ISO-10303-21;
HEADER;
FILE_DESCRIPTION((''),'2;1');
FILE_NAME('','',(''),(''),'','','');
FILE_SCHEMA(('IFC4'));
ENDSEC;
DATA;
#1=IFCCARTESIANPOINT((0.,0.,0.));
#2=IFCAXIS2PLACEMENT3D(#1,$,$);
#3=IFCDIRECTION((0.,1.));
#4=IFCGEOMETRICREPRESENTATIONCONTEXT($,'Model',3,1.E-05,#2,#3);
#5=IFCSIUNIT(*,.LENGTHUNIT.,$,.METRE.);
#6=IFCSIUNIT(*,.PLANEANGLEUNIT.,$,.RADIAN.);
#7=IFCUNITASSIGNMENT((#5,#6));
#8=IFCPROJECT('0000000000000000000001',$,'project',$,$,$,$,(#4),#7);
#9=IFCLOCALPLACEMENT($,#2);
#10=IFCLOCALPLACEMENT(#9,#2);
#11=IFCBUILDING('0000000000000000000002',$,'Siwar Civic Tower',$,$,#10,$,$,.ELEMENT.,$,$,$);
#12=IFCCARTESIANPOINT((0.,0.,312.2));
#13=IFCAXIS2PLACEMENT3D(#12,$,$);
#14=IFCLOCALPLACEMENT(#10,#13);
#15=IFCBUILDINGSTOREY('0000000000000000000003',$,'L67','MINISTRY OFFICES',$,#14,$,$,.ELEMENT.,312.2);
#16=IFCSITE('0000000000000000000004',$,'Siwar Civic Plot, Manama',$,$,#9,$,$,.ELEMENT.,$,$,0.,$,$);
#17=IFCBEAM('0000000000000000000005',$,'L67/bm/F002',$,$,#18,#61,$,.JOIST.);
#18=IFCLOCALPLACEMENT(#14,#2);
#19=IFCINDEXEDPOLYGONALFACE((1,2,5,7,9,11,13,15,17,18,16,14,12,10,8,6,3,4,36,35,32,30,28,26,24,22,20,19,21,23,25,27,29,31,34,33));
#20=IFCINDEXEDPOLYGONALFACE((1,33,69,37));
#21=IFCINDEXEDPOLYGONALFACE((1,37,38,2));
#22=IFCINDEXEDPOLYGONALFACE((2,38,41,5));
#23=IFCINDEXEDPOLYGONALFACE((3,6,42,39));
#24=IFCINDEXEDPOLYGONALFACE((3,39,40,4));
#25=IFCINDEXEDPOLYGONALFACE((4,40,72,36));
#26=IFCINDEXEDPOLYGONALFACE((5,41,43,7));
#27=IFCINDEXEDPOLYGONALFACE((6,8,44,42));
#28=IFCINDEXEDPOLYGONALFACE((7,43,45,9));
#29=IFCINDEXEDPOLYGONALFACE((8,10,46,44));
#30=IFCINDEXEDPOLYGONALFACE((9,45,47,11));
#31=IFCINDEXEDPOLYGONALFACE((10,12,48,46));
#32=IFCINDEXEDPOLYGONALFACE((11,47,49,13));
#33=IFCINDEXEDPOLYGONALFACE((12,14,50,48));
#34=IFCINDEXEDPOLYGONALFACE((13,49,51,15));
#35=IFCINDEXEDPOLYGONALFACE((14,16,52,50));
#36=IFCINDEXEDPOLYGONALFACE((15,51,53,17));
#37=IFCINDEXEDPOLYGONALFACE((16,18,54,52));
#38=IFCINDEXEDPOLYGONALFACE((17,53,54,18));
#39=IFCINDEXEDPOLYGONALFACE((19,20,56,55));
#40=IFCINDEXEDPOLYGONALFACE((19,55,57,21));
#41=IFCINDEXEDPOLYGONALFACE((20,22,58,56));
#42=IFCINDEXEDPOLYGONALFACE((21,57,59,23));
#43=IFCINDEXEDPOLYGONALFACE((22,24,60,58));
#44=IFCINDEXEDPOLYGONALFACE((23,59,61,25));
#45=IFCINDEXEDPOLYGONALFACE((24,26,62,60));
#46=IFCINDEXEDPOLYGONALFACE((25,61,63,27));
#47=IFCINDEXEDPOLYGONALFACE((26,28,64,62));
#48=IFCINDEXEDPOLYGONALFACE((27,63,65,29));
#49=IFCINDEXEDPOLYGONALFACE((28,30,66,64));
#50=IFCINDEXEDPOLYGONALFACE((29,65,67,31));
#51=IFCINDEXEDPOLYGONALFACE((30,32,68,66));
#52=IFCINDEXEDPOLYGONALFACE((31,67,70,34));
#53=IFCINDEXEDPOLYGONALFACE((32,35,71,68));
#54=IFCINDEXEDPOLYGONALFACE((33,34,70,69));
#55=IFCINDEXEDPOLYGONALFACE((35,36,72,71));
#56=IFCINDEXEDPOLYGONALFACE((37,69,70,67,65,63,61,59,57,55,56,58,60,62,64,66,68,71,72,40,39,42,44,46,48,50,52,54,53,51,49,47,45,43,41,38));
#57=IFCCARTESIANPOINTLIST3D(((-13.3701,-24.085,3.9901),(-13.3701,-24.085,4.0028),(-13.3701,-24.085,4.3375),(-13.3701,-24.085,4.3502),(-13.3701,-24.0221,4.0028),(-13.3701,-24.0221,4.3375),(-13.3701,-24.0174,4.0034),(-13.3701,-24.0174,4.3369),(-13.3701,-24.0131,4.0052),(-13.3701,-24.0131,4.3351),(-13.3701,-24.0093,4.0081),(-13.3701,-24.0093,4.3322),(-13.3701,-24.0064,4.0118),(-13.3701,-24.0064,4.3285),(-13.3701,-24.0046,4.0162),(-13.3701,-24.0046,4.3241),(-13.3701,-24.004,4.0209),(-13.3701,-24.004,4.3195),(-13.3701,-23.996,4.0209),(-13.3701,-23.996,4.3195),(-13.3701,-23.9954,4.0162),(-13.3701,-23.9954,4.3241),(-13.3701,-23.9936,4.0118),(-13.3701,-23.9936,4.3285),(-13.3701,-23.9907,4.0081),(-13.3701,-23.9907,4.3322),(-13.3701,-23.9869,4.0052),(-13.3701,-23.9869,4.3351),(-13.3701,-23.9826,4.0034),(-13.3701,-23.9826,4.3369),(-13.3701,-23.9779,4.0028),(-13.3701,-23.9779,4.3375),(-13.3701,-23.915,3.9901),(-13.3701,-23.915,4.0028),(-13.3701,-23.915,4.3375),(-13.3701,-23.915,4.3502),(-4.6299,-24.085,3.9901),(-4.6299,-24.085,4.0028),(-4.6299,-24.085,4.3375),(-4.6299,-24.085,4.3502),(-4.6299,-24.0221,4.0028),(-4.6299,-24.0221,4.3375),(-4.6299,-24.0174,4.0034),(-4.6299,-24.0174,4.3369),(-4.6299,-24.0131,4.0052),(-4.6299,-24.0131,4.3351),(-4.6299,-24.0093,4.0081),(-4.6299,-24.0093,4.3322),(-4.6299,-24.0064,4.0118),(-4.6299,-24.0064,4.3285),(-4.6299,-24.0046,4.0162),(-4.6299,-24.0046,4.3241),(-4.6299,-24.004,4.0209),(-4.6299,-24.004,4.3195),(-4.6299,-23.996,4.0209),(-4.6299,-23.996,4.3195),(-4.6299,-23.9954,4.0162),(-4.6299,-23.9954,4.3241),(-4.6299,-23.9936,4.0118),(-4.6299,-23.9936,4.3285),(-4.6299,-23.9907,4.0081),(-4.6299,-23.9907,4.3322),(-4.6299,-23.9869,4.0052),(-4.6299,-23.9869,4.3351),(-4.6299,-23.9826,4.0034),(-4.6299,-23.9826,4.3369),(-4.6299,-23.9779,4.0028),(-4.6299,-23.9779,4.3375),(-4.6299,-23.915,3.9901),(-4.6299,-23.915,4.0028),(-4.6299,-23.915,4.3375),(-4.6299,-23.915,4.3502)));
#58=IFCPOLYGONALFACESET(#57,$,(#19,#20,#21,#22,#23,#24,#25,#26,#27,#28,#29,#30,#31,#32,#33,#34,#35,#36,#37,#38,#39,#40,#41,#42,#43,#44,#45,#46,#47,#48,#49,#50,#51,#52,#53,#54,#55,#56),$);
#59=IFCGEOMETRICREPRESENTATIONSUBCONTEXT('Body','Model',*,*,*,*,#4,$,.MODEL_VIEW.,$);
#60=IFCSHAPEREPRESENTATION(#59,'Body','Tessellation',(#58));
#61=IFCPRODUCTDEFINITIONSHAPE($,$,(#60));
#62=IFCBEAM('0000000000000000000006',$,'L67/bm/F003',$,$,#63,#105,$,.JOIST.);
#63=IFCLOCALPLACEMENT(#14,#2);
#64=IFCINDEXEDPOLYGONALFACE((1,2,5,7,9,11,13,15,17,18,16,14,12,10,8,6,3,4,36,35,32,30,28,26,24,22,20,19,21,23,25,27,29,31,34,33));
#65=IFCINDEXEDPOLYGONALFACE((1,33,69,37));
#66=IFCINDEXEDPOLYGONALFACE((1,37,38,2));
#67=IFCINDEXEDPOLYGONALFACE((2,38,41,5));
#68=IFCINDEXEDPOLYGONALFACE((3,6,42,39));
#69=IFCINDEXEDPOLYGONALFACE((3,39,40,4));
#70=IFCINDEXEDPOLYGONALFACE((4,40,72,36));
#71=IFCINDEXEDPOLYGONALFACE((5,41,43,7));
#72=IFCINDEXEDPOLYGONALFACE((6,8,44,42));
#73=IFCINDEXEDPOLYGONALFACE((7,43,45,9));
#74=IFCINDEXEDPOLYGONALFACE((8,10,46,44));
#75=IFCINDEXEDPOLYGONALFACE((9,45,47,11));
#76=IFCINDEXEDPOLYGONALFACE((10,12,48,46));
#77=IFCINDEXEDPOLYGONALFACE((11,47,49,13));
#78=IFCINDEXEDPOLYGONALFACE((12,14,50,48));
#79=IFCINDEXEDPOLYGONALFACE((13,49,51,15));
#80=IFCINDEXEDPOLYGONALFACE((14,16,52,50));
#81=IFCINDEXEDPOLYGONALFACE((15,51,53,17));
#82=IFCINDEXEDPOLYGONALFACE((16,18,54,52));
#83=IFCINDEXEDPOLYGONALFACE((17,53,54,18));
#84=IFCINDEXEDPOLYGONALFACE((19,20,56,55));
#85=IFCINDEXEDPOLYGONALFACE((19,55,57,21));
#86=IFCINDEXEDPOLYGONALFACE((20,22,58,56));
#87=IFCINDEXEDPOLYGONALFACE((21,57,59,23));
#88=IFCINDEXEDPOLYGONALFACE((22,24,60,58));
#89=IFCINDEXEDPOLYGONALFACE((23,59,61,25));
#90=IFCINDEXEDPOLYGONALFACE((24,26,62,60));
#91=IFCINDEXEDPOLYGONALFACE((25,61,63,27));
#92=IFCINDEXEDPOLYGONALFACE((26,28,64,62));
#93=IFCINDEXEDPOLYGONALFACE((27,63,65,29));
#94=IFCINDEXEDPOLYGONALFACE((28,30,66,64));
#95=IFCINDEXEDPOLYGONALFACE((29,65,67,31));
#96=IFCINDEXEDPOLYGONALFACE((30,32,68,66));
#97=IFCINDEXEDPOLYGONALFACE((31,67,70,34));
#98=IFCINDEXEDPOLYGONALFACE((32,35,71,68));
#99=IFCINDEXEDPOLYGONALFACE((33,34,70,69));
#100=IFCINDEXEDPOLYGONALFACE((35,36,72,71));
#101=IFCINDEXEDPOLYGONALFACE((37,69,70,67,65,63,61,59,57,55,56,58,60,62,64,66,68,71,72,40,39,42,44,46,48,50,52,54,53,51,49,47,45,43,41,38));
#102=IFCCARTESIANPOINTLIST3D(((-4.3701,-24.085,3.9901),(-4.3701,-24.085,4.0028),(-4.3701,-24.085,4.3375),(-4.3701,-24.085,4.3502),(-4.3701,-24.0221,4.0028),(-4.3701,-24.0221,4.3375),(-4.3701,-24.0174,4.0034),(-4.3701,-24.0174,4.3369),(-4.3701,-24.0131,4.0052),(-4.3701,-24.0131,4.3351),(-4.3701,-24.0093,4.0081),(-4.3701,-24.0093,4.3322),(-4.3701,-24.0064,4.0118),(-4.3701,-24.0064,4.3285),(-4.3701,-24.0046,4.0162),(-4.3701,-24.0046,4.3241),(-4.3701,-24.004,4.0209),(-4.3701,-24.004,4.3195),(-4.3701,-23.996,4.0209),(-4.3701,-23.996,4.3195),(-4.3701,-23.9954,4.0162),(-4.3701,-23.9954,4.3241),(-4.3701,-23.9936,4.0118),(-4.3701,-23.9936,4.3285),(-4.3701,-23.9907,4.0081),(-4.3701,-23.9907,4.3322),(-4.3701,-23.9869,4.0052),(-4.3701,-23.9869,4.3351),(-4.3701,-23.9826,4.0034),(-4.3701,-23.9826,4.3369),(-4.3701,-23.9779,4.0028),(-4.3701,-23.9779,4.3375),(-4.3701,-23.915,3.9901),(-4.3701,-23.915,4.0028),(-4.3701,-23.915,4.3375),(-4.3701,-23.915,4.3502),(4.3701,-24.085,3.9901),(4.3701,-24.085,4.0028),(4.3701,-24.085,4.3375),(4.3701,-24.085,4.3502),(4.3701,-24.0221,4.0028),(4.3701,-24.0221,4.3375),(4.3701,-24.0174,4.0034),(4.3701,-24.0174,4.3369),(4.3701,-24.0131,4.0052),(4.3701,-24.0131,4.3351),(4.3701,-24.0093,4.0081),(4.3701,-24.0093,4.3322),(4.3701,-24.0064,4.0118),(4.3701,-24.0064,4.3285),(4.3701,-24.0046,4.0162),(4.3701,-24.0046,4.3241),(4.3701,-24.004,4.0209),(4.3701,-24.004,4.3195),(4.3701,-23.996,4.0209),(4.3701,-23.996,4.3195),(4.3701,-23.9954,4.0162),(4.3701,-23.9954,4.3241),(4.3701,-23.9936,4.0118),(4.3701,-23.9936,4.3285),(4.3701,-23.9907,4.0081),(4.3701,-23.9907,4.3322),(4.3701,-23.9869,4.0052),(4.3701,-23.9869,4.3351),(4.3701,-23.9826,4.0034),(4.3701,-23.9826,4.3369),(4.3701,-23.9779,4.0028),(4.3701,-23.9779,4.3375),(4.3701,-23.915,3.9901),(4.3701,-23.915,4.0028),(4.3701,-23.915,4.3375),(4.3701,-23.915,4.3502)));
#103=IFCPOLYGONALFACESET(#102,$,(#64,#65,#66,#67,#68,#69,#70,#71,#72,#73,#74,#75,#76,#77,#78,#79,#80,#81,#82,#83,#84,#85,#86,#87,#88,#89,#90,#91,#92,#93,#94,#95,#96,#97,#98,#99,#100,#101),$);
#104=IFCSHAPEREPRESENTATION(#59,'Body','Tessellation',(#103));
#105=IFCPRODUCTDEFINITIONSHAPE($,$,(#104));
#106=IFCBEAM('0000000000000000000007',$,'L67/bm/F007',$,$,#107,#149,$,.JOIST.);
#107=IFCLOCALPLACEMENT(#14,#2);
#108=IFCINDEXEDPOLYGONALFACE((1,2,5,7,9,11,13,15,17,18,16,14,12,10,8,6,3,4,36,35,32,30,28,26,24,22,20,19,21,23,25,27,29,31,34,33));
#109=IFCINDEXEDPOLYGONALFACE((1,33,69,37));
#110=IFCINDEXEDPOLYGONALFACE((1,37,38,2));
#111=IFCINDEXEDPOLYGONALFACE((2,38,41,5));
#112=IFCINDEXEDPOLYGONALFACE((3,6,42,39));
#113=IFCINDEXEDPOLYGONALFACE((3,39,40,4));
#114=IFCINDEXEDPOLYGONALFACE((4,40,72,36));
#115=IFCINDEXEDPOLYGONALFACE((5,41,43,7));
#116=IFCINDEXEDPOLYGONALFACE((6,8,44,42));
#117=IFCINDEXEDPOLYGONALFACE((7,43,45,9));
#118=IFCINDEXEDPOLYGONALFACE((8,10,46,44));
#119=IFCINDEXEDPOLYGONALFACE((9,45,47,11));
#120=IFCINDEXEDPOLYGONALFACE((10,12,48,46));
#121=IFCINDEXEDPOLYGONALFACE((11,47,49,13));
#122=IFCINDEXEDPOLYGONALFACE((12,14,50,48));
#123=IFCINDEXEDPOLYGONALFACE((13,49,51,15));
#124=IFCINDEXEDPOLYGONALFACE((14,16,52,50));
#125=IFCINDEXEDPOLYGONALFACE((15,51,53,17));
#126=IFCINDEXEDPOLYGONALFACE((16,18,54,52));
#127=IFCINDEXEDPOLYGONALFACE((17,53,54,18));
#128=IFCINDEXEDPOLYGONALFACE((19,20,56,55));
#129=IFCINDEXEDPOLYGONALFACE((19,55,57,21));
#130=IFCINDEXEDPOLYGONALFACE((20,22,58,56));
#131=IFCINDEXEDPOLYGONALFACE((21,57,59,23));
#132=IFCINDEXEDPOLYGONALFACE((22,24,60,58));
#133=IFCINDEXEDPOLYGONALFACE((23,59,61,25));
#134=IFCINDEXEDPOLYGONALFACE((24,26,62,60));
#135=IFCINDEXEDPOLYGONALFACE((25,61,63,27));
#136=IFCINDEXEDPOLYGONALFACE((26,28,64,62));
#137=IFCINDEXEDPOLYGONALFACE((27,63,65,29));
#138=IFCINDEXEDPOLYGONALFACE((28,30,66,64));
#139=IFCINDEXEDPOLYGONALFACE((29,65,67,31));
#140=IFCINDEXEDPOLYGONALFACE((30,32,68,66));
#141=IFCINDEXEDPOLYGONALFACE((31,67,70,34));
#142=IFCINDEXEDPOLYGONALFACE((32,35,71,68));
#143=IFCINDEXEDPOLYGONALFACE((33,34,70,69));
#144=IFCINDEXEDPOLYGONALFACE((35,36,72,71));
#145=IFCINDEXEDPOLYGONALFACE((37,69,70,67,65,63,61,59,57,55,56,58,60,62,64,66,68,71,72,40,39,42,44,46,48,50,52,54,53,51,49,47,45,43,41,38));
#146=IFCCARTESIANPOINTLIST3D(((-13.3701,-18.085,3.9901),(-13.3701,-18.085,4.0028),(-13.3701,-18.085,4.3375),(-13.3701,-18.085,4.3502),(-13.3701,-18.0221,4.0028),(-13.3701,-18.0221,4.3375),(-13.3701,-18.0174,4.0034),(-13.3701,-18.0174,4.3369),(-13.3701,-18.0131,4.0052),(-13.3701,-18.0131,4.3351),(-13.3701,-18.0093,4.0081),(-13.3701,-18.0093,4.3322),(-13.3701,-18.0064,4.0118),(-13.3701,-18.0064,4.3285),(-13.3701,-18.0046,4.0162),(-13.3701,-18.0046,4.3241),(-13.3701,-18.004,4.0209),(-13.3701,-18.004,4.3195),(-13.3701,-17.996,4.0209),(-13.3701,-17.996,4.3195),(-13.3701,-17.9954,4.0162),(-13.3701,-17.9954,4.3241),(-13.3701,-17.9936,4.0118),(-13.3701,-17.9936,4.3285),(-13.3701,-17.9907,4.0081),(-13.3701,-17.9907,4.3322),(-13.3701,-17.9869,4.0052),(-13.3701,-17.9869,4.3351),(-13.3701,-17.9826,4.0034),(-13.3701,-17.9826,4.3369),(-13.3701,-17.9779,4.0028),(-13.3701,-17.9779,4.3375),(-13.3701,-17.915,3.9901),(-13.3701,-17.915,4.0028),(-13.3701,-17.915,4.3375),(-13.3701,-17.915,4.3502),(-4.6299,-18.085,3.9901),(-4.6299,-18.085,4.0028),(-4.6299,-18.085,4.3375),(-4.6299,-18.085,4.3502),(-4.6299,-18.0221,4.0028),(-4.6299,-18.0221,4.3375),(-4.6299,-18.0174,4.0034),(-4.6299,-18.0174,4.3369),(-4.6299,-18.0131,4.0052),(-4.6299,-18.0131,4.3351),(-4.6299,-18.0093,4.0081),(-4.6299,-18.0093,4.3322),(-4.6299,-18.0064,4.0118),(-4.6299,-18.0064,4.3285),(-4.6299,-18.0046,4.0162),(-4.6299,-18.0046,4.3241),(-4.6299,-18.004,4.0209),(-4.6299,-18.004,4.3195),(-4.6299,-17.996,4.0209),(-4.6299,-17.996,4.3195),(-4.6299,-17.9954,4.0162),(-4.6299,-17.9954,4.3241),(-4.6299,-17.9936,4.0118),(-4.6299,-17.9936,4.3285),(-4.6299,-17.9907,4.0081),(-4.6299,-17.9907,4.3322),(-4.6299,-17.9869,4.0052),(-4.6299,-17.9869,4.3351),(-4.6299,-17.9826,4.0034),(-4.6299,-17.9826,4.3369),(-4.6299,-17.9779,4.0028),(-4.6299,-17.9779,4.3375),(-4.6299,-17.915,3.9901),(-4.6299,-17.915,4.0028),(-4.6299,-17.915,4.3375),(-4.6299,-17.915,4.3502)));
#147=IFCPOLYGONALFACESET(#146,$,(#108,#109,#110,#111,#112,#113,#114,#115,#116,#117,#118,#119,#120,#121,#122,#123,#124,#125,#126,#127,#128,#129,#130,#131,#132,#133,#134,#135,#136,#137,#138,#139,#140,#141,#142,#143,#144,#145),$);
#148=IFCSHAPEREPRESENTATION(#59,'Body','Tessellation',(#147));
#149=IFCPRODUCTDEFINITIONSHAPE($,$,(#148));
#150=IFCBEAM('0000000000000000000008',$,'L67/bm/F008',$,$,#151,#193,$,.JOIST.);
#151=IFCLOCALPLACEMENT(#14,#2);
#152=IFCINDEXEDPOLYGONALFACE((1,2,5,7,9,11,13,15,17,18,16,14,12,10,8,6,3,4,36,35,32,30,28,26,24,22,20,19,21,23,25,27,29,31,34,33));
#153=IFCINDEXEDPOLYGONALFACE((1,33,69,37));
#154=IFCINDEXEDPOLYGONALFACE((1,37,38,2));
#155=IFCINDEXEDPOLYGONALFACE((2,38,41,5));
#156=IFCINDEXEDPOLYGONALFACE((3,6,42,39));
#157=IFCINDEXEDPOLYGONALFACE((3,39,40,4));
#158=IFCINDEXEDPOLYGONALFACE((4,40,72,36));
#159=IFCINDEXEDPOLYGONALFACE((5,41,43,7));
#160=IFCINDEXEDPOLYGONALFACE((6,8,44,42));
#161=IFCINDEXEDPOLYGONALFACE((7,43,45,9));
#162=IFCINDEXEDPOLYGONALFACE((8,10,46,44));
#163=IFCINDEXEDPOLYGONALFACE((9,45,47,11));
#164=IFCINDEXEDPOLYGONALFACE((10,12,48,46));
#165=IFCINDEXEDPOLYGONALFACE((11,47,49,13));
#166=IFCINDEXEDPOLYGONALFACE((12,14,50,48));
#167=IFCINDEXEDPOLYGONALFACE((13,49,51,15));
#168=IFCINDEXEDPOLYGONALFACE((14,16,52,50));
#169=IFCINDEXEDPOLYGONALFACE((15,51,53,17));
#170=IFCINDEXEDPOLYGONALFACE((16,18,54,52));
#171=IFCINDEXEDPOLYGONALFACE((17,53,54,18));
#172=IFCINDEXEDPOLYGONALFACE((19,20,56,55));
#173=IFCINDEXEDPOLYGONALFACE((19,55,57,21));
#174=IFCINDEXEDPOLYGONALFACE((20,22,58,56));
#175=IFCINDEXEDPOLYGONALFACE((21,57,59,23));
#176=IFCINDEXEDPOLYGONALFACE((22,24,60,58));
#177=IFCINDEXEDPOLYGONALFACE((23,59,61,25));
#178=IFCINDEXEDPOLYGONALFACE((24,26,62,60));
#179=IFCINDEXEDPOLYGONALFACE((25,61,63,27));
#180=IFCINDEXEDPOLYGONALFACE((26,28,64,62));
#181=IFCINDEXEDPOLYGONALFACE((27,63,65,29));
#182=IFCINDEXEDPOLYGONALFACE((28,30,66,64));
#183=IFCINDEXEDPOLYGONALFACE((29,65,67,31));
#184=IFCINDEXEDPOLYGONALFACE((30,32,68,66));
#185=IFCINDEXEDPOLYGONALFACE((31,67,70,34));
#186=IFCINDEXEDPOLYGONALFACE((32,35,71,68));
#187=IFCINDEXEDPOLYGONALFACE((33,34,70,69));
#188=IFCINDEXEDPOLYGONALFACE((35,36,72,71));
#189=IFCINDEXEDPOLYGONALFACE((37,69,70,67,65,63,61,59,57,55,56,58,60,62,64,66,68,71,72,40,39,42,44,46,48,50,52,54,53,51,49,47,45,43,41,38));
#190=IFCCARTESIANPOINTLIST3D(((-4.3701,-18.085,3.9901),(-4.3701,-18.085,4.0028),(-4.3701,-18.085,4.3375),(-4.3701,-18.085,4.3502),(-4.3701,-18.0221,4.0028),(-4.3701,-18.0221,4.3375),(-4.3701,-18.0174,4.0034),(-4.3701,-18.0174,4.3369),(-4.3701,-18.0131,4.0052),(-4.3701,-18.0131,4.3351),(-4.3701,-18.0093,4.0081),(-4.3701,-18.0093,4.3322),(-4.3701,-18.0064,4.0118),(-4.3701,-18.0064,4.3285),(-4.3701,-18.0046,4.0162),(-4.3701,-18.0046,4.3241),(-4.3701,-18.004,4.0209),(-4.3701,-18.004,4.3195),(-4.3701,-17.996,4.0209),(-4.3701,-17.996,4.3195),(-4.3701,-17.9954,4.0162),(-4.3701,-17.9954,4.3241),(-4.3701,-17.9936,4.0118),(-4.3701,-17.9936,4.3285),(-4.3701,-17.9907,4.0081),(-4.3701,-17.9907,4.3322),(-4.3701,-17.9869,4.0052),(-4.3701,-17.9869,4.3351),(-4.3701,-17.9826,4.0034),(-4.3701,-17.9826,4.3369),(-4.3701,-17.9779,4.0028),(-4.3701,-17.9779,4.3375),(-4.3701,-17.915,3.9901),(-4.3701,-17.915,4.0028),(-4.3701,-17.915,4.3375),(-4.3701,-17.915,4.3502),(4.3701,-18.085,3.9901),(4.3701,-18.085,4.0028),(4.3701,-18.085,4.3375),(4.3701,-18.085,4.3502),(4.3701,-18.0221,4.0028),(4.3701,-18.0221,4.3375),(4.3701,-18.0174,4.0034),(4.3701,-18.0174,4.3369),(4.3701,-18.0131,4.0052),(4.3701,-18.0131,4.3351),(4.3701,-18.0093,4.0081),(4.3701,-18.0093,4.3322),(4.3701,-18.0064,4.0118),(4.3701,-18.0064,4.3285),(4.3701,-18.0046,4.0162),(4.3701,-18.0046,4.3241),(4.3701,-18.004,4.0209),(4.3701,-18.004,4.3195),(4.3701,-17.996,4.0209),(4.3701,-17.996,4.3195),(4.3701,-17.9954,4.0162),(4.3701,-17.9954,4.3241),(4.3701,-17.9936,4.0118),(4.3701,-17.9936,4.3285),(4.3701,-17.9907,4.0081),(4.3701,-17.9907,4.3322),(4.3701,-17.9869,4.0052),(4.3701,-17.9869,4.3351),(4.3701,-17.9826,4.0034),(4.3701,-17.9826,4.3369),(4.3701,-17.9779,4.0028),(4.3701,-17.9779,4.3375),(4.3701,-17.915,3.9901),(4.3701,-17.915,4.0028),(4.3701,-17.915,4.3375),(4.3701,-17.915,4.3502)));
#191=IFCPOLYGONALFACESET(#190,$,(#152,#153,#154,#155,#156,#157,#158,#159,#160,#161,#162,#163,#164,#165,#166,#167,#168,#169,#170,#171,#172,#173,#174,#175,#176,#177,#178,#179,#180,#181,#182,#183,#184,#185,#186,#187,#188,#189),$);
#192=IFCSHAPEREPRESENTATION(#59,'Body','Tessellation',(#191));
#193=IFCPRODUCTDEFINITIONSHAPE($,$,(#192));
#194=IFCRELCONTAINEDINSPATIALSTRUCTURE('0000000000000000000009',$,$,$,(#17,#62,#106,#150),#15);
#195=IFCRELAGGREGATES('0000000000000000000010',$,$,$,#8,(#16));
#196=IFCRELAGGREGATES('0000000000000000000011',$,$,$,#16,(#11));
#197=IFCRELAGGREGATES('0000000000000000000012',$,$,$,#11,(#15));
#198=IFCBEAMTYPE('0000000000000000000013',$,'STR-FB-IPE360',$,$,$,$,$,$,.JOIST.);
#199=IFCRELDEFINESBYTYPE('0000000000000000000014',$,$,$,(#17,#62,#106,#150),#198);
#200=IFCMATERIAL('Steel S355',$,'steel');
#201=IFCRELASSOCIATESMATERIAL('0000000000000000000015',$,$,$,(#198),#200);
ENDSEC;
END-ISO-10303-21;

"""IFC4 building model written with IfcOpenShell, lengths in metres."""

from ifc_helpers import new_model, si_unit, direction, frame, origin, origin_2d, place, context, subcontext, project, spatial, i_section, extrude, material, material_profile, profile_set, type_object, element, save


model = new_model("IFC4")

# Units and contexts
model_context = context("Model", 3, precision=1e-05, world=origin(), true_north=direction((0.0, 1.0)))
body_context = subcontext(model_context, "Body", "Model", "MODEL_VIEW")
ifc_project = project(units=[si_unit("LENGTHUNIT", "METRE"), si_unit("PLANEANGLEUNIT", "RADIAN")], contexts=[model_context])

# Site, building, storey
site_placement = place(None, origin())
site = spatial("IfcSite", under=ifc_project, at=site_placement, Name="Siwar Civic Plot, Manama", CompositionType="ELEMENT", RefElevation=0.0)
building_placement = place(site_placement, origin())
building = spatial("IfcBuilding", under=site, at=building_placement, Name="Siwar Civic Tower", CompositionType="ELEMENT")
storey_placement = place(building_placement, frame((0.0, 0.0, 312.2)))
storey = spatial("IfcBuildingStorey", under=building, at=storey_placement, Name="L67", Description="MINISTRY OFFICES", CompositionType="ELEMENT", Elevation=312.2)

# Beams
ifc_material_1 = material(Name="Steel S355", Category="steel")
ifc_material_profile_1 = material_profile(ifc_material_1, i_section(OverallWidth=0.1699, OverallDepth=0.3601, WebThickness=0.0081, FlangeThickness=0.0127, FilletRadius=0.0181, at=origin_2d()), Name="IPE360")
ifc_profile_set_1 = profile_set([ifc_material_profile_1], Name="Steel S355")
beam_type_1 = type_object("IfcBeamType", Name="STR-FB-IPE360", PredefinedType="JOIST", material=ifc_profile_set_1)
for number, where, z_axis, x_axis, name in (
    (1, (-13.3701, -24.0, 4.1702), (1.0, 0.0, 0.0), (0.0, 1.0, 0.0), "L67/bm/F002"),
    (2, (-4.3701, -24.0, 4.1702), (1.0, 0.0, 0.0), (0.0, 1.0, 0.0), "L67/bm/F003"),
    (3, (-13.3701, -18.0, 4.1702), (1.0, 0.0, 0.0), (0.0, 1.0, 0.0), "L67/bm/F007"),
    (4, (-4.3701, -18.0, 4.1702), (1.0, 0.0, 0.0), (0.0, 1.0, 0.0), "L67/bm/F008"),
):
    element("IfcBeam", number, at=place(storey_placement, frame(where, z_axis=z_axis, x_axis=x_axis)), inside=storey, type_object=beam_type_1, Name=name, PredefinedType="JOIST", context=body_context, shape_type="SweptSolid", body=[
        extrude(i_section(OverallWidth=0.1699, OverallDepth=0.3601, WebThickness=0.0081, FlangeThickness=0.0127, FilletRadius=0.0181, at=origin_2d()), origin(), (0.0, 0.0, 1.0), 8.7402),
    ])

save(model, "model.ifc")
